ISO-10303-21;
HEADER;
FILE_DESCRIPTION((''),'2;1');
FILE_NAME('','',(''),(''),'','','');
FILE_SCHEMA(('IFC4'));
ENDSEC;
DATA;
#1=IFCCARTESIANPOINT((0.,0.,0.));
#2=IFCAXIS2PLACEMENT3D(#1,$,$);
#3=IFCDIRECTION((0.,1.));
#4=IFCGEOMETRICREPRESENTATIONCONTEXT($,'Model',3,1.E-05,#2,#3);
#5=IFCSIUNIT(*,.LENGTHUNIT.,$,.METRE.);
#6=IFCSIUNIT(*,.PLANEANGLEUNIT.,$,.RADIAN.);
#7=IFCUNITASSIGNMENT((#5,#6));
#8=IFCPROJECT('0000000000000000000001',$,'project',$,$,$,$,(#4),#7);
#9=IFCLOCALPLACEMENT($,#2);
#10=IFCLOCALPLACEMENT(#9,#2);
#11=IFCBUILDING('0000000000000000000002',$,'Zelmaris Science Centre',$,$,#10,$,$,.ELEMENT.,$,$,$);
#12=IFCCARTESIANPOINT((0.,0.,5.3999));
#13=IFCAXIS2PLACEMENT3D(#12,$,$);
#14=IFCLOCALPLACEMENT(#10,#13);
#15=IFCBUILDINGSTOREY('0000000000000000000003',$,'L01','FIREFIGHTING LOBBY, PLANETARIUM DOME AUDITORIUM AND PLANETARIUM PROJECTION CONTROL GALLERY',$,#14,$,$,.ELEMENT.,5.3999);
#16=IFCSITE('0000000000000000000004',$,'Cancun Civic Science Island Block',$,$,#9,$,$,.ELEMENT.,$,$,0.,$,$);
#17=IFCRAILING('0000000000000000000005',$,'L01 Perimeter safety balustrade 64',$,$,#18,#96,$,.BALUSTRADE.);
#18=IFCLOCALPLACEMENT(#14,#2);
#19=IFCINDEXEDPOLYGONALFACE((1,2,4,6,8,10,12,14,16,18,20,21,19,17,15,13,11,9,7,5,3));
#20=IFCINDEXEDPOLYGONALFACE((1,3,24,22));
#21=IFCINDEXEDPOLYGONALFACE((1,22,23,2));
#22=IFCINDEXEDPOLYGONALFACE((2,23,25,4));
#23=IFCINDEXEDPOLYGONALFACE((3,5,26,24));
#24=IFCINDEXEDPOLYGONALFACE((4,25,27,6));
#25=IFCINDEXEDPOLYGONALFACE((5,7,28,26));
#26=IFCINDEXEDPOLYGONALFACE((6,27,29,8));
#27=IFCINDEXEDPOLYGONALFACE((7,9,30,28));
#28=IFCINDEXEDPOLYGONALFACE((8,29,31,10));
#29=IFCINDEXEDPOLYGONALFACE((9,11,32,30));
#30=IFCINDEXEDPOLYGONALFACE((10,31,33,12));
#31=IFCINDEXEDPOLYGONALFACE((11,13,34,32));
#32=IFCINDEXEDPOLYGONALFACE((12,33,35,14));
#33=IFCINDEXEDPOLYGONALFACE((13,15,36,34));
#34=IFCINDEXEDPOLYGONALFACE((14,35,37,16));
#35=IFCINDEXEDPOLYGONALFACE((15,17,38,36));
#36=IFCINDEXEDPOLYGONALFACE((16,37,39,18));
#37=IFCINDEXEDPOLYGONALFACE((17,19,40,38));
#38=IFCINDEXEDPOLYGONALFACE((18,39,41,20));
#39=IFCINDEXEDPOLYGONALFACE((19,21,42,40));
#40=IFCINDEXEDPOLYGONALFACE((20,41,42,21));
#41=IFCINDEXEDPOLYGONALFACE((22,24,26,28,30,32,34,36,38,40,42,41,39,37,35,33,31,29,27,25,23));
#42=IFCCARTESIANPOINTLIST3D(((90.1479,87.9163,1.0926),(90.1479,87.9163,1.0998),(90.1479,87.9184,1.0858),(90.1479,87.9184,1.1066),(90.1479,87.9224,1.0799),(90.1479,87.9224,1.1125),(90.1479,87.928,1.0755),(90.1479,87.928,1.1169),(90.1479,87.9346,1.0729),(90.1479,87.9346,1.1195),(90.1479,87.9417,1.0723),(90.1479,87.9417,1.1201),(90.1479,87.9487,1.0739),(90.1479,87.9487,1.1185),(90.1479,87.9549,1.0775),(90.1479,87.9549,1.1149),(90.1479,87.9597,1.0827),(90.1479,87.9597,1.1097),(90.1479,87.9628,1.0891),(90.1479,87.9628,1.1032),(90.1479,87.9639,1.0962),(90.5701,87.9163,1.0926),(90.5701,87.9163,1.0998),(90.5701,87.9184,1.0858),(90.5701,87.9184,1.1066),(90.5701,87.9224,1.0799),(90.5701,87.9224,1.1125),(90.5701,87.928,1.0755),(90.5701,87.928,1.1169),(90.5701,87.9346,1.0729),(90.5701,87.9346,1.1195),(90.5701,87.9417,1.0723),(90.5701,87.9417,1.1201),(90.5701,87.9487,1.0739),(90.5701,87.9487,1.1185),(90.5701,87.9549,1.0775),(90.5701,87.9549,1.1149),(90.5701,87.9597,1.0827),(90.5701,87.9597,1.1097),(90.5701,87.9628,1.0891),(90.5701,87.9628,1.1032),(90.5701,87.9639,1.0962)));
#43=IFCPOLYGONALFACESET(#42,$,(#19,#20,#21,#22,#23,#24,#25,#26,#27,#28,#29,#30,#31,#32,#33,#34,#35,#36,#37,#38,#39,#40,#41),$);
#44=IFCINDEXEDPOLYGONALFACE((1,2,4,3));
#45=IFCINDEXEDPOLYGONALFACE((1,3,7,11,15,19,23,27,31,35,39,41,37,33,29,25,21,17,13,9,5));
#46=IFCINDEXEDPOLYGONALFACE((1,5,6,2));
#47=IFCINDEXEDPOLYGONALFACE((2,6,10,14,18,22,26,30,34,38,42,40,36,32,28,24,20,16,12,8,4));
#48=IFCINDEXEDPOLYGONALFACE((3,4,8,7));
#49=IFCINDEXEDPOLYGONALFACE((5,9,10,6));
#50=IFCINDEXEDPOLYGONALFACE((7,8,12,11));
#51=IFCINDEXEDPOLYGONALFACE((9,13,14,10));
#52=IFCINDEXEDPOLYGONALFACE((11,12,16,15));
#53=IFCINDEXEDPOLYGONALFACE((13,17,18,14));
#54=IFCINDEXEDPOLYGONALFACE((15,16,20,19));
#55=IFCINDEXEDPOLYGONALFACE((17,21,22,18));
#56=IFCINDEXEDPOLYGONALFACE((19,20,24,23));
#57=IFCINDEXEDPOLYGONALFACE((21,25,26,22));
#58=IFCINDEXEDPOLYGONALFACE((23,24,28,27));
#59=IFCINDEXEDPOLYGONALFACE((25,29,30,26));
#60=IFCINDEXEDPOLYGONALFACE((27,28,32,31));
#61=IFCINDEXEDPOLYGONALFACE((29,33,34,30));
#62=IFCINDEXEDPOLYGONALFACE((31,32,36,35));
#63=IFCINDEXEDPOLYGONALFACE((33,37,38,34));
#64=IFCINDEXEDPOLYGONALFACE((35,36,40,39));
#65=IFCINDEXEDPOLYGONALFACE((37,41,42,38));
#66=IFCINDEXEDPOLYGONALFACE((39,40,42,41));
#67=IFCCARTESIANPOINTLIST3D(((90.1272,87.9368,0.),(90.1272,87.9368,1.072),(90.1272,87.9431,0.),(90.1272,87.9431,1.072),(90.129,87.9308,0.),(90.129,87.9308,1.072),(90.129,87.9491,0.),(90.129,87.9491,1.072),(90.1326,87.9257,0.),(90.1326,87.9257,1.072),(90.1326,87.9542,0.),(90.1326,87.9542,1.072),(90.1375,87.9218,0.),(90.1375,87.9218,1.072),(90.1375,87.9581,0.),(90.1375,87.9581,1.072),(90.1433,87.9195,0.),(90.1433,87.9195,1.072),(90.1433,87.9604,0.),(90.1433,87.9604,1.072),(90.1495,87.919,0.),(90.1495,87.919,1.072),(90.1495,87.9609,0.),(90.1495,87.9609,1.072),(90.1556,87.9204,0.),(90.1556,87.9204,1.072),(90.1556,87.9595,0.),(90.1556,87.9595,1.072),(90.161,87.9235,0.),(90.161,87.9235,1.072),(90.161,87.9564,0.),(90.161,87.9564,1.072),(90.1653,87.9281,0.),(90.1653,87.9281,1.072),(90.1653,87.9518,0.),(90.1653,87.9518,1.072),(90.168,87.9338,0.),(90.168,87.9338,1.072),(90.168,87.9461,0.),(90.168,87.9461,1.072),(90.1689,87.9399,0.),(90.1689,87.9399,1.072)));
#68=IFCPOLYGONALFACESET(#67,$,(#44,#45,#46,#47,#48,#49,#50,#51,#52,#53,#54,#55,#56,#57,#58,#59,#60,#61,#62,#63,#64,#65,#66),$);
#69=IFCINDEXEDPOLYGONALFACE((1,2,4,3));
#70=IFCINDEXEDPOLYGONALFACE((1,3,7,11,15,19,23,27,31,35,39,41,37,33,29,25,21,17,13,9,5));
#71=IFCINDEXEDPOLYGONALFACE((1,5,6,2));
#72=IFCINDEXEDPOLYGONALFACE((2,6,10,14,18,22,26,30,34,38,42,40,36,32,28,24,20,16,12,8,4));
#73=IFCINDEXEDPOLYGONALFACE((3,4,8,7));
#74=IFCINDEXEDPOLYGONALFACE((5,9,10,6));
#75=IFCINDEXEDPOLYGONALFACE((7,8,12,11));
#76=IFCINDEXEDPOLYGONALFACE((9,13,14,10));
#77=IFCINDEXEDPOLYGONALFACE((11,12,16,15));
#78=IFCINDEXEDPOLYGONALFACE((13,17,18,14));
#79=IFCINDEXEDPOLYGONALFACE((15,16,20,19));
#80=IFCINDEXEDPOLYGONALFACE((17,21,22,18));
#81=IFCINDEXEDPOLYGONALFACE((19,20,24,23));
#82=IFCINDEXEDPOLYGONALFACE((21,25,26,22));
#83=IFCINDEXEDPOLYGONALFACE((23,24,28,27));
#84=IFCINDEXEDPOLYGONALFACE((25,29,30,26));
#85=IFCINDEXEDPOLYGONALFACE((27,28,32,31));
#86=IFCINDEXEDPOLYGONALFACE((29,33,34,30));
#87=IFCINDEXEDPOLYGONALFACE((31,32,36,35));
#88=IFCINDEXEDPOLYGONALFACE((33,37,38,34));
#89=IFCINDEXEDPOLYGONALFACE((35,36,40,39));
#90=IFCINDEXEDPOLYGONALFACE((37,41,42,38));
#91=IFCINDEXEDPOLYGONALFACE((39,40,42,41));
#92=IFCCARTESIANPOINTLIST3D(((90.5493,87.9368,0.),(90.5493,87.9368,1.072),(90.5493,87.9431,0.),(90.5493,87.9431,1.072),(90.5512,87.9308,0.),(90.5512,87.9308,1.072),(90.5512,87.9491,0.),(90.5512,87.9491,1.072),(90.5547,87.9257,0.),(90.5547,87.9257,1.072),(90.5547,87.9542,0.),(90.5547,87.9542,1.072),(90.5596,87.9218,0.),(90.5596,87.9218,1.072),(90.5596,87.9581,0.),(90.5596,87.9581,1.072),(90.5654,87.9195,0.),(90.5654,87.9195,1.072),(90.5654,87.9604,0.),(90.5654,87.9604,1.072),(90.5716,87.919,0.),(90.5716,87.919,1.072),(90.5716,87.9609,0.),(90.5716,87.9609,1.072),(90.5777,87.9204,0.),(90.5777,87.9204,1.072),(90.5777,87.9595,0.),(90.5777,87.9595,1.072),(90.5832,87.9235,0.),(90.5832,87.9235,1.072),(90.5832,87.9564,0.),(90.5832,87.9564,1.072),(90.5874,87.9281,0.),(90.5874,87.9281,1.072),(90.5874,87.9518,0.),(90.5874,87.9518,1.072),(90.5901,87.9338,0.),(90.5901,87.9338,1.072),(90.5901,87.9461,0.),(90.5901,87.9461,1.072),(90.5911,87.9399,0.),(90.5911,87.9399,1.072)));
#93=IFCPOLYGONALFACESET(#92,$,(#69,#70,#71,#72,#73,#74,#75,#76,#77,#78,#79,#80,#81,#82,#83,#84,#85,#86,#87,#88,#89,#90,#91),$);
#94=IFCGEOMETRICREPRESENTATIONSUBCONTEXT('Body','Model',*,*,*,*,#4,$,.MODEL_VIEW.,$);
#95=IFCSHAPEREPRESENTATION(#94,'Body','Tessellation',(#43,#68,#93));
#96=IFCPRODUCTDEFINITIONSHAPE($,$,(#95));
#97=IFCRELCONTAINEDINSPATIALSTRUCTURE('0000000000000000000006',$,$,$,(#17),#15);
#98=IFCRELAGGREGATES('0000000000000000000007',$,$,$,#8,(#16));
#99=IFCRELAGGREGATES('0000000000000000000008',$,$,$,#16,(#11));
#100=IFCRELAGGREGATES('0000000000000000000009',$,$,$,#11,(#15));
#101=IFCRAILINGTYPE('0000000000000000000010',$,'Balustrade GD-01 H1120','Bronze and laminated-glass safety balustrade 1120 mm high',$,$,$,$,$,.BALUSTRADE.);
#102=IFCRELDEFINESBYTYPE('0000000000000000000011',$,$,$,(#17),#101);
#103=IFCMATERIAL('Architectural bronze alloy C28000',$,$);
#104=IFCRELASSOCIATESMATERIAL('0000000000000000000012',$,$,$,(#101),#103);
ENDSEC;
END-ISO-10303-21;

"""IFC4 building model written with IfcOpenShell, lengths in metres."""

from ifc_helpers import new_model, si_unit, direction, frame, origin, origin_2d, place, context, subcontext, project, spatial, circle, extrude, material, type_object, element, save


model = new_model("IFC4")

# Units and contexts
model_context = context("Model", 3, precision=1e-05, world=origin(), true_north=direction((0.0, 1.0)))
body_context = subcontext(model_context, "Body", "Model", "MODEL_VIEW")
ifc_project = project(units=[si_unit("LENGTHUNIT", "METRE"), si_unit("PLANEANGLEUNIT", "RADIAN")], contexts=[model_context])

# Site, building, storey
site_placement = place(None, origin())
site = spatial("IfcSite", under=ifc_project, at=site_placement, Name="Cancun Civic Science Island Block", CompositionType="ELEMENT", RefElevation=0.0)
building_placement = place(site_placement, origin())
building = spatial("IfcBuilding", under=site, at=building_placement, Name="Zelmaris Science Centre", CompositionType="ELEMENT")
storey_placement = place(building_placement, frame((0.0, 0.0, 5.3999)))
storey = spatial("IfcBuildingStorey", under=building, at=storey_placement, Name="L01", Description="FIREFIGHTING LOBBY, PLANETARIUM DOME AUDITORIUM AND PLANETARIUM PROJECTION CONTROL GALLERY", CompositionType="ELEMENT", Elevation=5.3999)

# Railing
ifc_material_1 = material(Name="Architectural bronze alloy C28000")
railing_type = type_object("IfcRailingType", Name="Balustrade GD-01 H1120", Description="Bronze and laminated-glass safety balustrade 1120 mm high", PredefinedType="BALUSTRADE", material=ifc_material_1)
railing_1_placement = place(storey_placement, frame((90.1479, 87.9399, 0.0)))
element("IfcRailing", 1, at=railing_1_placement, inside=storey, type_object=railing_type, Name="L01 Perimeter safety balustrade 64", PredefinedType="BALUSTRADE", context=body_context, shape_type="SweptSolid", body=[
    extrude(circle(Radius=0.0239, at=origin_2d()), frame((0.0, 0.0, 1.0962), z_axis=(1.0, 0.0, 0.0), x_axis=(0.0, 1.0, 0.0)), (0.0, 0.0, 1.0), 0.4221),
    extrude(circle(Radius=0.021, at=origin_2d()), origin(), (0.0, 0.0, 1.0), 1.072),
    extrude(circle(Radius=0.021, at=origin_2d()), frame((0.4221, 0.0, 0.0)), (0.0, 0.0, 1.0), 1.072),
])

save(model, "model.ifc")
